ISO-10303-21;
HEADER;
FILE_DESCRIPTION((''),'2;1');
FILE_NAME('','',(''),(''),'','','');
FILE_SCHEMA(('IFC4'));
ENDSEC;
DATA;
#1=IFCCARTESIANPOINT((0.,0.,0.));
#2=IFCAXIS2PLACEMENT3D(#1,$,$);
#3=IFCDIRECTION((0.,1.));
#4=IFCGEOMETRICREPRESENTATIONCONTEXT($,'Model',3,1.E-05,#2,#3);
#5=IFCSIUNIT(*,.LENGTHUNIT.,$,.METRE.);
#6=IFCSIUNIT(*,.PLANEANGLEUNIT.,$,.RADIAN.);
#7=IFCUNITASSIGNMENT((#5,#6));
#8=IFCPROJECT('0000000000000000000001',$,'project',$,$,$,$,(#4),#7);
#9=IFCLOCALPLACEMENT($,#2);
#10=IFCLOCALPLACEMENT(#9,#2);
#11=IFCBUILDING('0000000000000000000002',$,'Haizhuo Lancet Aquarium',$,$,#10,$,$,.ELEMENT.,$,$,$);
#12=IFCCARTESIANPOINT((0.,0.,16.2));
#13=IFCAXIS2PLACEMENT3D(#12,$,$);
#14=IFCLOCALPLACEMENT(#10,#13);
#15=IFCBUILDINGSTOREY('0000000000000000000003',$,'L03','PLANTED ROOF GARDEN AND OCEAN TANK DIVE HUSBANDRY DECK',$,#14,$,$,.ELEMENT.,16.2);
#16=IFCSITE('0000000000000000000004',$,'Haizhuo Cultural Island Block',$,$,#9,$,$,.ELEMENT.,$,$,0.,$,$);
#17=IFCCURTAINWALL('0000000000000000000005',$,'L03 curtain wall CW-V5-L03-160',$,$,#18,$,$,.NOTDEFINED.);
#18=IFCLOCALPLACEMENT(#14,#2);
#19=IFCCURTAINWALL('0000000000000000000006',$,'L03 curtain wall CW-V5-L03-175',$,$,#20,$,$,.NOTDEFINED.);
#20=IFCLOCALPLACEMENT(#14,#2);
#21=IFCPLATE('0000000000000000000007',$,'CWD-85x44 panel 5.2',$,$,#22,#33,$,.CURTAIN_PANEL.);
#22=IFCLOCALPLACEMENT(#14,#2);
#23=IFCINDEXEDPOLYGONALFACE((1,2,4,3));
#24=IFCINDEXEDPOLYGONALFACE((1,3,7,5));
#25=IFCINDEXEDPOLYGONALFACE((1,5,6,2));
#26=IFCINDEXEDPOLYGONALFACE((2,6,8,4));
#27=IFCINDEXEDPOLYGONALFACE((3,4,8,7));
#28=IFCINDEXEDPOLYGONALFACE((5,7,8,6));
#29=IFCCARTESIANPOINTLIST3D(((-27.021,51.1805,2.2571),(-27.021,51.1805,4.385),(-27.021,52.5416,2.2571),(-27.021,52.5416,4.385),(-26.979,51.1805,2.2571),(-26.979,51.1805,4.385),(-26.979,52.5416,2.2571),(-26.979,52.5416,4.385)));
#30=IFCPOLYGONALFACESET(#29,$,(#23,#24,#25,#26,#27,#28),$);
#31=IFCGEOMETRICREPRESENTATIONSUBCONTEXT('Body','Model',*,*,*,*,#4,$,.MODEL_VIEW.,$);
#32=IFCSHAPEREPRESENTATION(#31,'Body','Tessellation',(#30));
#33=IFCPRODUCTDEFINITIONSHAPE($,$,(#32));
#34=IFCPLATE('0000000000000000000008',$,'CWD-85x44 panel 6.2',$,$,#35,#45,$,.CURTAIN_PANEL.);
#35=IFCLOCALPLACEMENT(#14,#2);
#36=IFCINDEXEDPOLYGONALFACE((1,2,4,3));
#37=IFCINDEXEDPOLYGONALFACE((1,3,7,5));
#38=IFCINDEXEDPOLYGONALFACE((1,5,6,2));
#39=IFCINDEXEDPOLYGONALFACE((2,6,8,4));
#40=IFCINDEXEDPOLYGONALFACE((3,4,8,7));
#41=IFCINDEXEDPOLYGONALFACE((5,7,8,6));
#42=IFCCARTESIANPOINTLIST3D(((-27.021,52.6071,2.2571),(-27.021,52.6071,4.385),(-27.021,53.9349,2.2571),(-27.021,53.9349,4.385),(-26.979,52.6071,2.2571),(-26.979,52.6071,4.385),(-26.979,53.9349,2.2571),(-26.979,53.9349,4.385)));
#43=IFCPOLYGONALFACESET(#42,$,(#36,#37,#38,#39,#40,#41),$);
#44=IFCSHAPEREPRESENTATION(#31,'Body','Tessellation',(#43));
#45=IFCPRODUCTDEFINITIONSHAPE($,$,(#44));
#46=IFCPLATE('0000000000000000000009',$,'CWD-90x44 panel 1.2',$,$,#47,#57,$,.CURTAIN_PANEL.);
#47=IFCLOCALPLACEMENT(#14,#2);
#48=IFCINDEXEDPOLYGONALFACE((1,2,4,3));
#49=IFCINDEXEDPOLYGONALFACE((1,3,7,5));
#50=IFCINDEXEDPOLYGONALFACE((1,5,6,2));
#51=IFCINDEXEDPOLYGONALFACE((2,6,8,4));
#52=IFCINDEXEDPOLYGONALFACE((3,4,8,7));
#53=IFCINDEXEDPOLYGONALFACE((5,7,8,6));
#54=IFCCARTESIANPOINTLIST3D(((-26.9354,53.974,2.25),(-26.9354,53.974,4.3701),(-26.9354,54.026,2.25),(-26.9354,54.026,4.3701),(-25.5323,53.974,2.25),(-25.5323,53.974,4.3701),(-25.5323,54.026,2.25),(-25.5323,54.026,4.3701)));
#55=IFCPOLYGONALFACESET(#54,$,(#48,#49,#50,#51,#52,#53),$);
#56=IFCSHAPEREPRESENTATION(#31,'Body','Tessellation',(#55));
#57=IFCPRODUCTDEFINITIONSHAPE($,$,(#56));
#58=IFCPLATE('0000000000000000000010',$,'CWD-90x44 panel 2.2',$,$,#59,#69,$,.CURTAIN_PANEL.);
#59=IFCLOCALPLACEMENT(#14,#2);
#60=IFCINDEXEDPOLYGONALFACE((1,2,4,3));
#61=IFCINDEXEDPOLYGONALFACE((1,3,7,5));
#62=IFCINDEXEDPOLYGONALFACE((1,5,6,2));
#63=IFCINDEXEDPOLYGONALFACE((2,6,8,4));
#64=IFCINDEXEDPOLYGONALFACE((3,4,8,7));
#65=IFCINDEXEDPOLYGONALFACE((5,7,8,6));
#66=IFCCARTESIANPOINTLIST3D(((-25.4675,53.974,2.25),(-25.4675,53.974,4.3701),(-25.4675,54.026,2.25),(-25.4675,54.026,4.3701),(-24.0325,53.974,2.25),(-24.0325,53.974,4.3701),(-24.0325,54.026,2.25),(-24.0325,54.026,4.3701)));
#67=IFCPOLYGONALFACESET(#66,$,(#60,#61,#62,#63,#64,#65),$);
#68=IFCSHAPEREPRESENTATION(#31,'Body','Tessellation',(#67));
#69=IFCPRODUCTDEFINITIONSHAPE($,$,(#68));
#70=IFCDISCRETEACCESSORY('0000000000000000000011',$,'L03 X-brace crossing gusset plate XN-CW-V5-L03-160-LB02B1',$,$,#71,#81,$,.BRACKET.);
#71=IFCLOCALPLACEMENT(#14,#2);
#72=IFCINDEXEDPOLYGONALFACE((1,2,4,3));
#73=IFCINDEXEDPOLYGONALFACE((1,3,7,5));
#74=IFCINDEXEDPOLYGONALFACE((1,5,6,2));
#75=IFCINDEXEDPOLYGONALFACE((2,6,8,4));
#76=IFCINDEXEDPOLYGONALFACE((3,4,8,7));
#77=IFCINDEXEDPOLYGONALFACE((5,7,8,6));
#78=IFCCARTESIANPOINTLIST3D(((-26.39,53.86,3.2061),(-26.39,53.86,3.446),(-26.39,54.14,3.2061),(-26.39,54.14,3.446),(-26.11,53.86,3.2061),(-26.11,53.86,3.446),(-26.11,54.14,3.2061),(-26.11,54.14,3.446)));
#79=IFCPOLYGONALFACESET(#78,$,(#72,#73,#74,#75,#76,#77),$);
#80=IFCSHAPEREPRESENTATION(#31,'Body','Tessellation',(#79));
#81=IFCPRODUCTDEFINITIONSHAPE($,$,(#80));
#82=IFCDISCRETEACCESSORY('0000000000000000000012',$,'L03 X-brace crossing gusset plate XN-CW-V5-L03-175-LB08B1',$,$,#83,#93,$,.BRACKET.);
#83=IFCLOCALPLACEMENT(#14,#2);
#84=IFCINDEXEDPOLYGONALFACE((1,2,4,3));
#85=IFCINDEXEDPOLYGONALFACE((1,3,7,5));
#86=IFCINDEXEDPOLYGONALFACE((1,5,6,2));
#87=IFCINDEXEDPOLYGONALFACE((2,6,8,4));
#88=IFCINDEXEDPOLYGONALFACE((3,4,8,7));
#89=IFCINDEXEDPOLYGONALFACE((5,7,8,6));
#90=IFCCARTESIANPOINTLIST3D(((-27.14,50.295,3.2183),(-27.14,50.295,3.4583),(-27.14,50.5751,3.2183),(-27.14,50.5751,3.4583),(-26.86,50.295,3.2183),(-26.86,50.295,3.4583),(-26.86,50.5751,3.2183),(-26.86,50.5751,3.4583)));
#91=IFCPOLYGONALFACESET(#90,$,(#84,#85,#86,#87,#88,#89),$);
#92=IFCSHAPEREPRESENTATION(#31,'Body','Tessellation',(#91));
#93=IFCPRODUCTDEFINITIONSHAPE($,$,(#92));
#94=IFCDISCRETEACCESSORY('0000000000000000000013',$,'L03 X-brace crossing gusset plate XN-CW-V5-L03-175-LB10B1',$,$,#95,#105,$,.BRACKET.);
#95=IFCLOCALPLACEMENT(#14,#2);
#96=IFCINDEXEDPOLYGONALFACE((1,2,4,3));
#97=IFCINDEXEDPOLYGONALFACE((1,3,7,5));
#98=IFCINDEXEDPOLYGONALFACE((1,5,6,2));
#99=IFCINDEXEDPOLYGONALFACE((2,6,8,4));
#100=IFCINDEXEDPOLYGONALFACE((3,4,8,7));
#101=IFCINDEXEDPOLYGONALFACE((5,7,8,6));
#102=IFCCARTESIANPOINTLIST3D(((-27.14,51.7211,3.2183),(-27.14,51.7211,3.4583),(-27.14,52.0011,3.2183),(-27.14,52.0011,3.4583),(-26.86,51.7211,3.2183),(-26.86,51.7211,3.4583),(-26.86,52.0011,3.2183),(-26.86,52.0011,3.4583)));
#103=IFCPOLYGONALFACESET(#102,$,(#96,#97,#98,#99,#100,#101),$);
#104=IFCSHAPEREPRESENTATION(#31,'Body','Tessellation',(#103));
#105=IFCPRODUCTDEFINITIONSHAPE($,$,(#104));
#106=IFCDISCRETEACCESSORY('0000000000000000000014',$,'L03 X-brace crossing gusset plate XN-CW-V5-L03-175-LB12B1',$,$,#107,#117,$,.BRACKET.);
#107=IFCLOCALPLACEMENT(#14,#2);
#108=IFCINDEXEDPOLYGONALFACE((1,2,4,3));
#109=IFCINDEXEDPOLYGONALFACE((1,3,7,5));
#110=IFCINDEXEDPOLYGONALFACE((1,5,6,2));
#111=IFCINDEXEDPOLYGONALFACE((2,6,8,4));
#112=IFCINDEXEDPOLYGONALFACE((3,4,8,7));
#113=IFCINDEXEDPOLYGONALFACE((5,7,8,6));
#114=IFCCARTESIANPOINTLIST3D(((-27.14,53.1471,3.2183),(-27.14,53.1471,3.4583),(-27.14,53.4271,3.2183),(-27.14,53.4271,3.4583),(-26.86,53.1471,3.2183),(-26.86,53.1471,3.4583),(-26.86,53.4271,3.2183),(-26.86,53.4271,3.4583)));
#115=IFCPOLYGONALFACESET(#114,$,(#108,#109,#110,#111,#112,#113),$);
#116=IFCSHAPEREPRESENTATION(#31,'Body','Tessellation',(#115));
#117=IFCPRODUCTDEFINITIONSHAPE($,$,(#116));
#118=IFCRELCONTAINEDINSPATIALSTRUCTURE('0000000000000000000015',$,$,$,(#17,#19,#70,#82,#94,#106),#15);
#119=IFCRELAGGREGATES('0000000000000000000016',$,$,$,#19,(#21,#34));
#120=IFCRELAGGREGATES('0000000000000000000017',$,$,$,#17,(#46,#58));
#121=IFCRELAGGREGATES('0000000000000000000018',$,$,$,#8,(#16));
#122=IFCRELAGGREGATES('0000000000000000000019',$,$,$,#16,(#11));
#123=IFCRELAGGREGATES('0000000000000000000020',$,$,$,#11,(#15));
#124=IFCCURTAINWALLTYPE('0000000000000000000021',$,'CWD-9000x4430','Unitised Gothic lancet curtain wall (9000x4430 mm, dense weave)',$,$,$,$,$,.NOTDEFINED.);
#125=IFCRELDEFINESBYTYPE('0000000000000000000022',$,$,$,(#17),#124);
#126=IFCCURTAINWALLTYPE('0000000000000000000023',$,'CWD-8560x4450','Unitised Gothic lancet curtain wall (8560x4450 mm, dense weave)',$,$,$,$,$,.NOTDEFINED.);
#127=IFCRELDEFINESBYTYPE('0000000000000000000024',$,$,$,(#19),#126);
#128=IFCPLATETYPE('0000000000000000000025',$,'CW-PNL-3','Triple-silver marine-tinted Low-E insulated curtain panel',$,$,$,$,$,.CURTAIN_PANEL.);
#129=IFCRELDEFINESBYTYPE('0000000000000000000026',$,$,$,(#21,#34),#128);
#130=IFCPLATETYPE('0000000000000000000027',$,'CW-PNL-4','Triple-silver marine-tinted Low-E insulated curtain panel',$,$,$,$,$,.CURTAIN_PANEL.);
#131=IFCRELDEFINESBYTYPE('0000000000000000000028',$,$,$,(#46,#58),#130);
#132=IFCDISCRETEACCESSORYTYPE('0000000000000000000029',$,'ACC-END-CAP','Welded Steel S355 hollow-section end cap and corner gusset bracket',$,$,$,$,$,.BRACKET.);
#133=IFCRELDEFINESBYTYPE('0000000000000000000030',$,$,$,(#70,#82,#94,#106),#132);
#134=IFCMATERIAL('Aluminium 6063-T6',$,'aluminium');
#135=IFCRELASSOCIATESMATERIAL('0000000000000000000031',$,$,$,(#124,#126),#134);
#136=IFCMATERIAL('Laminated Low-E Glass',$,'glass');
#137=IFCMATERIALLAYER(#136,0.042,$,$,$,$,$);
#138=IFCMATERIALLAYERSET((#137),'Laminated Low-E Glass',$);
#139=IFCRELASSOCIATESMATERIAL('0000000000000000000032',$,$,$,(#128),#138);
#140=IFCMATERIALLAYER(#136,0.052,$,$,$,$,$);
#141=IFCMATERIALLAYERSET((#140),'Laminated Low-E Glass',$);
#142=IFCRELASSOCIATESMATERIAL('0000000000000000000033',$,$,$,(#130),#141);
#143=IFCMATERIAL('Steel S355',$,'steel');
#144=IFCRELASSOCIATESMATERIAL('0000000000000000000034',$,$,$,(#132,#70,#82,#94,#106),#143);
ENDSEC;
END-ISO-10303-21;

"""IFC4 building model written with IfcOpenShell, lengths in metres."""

from ifc_helpers import new_model, si_unit, direction, frame, origin, origin_2d, place, context, subcontext, project, spatial, rectangle, extrude, material, layer, layer_set, type_object, element, aggregate, save


model = new_model("IFC4")

# Units and contexts
model_context = context("Model", 3, precision=1e-05, world=origin(), true_north=direction((0.0, 1.0)))
body_context = subcontext(model_context, "Body", "Model", "MODEL_VIEW")
ifc_project = project(units=[si_unit("LENGTHUNIT", "METRE"), si_unit("PLANEANGLEUNIT", "RADIAN")], contexts=[model_context])

# Site, building, storey
site_placement = place(None, origin())
site = spatial("IfcSite", under=ifc_project, at=site_placement, Name="Haizhuo Cultural Island Block", CompositionType="ELEMENT", RefElevation=0.0)
building_placement = place(site_placement, origin())
building = spatial("IfcBuilding", under=site, at=building_placement, Name="Haizhuo Lancet Aquarium", CompositionType="ELEMENT")
storey_placement = place(building_placement, frame((0.0, 0.0, 16.2)))
storey = spatial("IfcBuildingStorey", under=building, at=storey_placement, Name="L03", Description="PLANTED ROOF GARDEN AND OCEAN TANK DIVE HUSBANDRY DECK", CompositionType="ELEMENT", Elevation=16.2)

# Curtain walls
ifc_material_1 = material(Name="Aluminium 6063-T6", Category="aluminium")
curtain_wall_type_1 = type_object("IfcCurtainWallType", Name="CWD-9000x4430", Description="Unitised Gothic lancet curtain wall (9000x4430 mm, dense weave)", PredefinedType="NOTDEFINED", material=ifc_material_1)
curtain_wall_1_placement = place(storey_placement, origin())
curtain_wall_1 = element("IfcCurtainWall", 1, at=curtain_wall_1_placement, inside=storey, type_object=curtain_wall_type_1, Name="L03 curtain wall CW-V5-L03-160", PredefinedType="NOTDEFINED")
curtain_wall_type_2 = type_object("IfcCurtainWallType", Name="CWD-8560x4450", Description="Unitised Gothic lancet curtain wall (8560x4450 mm, dense weave)", PredefinedType="NOTDEFINED", material=ifc_material_1)
curtain_wall_2_placement = place(storey_placement, origin())
curtain_wall_2 = element("IfcCurtainWall", 2, at=curtain_wall_2_placement, inside=storey, type_object=curtain_wall_type_2, Name="L03 curtain wall CW-V5-L03-175", PredefinedType="NOTDEFINED")

# Shared definitions
ifc_material_2 = material(Name="Steel S355", Category="steel")

# Plates
ifc_material_3 = material(Name="Laminated Low-E Glass", Category="glass")
ifc_layer_1 = layer(ifc_material_3, 0.042)
ifc_layer_set_1 = layer_set([ifc_layer_1], Name="Laminated Low-E Glass")
plate_type_1 = type_object("IfcPlateType", Name="CW-PNL-3", Description="Triple-silver marine-tinted Low-E insulated curtain panel", PredefinedType="CURTAIN_PANEL", material=ifc_layer_set_1)
plate_1_placement = place(storey_placement, frame((-27.0, 51.8611, 2.2571), z_axis=(0.0, 0.0, 1.0), x_axis=(0.0, 1.0, 0.0)))
plate_1 = element("IfcPlate", 3, at=plate_1_placement, type_object=plate_type_1, Name="CWD-85x44 panel 5.2", PredefinedType="CURTAIN_PANEL", context=body_context, shape_type="SweptSolid", body=[
    extrude(rectangle(XDim=1.3611, YDim=0.042, at=origin_2d()), origin(), (0.0, 0.0, 1.0), 2.1279),
])
plate_2_placement = place(storey_placement, frame((-27.0, 53.271, 2.2571), z_axis=(0.0, 0.0, 1.0), x_axis=(0.0, 1.0, 0.0)))
plate_2 = element("IfcPlate", 4, at=plate_2_placement, type_object=plate_type_1, Name="CWD-85x44 panel 6.2", PredefinedType="CURTAIN_PANEL", context=body_context, shape_type="SweptSolid", body=[
    extrude(rectangle(XDim=1.3279, YDim=0.042, at=origin_2d()), origin(), (0.0, 0.0, 1.0), 2.1279),
])
aggregate(curtain_wall_2, [plate_1, plate_2])
ifc_layer_2 = layer(ifc_material_3, 0.052)
ifc_layer_set_2 = layer_set([ifc_layer_2], Name="Laminated Low-E Glass")
plate_type_2 = type_object("IfcPlateType", Name="CW-PNL-4", Description="Triple-silver marine-tinted Low-E insulated curtain panel", PredefinedType="CURTAIN_PANEL", material=ifc_layer_set_2)
plate_3_placement = place(storey_placement, frame((-26.2339, 54.0, 2.25), z_axis=(0.0, 0.0, 1.0), x_axis=(1.0, 0.0, 0.0)))
plate_3 = element("IfcPlate", 5, at=plate_3_placement, type_object=plate_type_2, Name="CWD-90x44 panel 1.2", PredefinedType="CURTAIN_PANEL", context=body_context, shape_type="SweptSolid", body=[
    extrude(rectangle(XDim=1.4031, YDim=0.052, at=origin_2d()), origin(), (0.0, 0.0, 1.0), 2.1201),
])
plate_4_placement = place(storey_placement, frame((-24.75, 54.0, 2.25), z_axis=(0.0, 0.0, 1.0), x_axis=(1.0, 0.0, 0.0)))
plate_4 = element("IfcPlate", 6, at=plate_4_placement, type_object=plate_type_2, Name="CWD-90x44 panel 2.2", PredefinedType="CURTAIN_PANEL", context=body_context, shape_type="SweptSolid", body=[
    extrude(rectangle(XDim=1.4351, YDim=0.052, at=origin_2d()), origin(), (0.0, 0.0, 1.0), 2.1201),
])
aggregate(curtain_wall_1, [plate_3, plate_4])

# Discrete accessories
discrete_accessory_type = type_object("IfcDiscreteAccessoryType", Name="ACC-END-CAP", Description="Welded Steel S355 hollow-section end cap and corner gusset bracket", PredefinedType="BRACKET", material=ifc_material_2)
for number, where, z_axis, x_axis, name in (
    (7, (-26.25, 54.0, 3.2061), (0.0, 0.0, 1.0), (1.0, 0.0, 0.0), "L03 X-brace crossing gusset plate XN-CW-V5-L03-160-LB02B1"),
    (8, (-27.0, 50.4351, 3.2183), (0.0, 0.0, 1.0), (1.0, 0.0, 0.0), "L03 X-brace crossing gusset plate XN-CW-V5-L03-175-LB08B1"),
    (9, (-27.0, 51.8611, 3.2183), (0.0, 0.0, 1.0), (1.0, 0.0, 0.0), "L03 X-brace crossing gusset plate XN-CW-V5-L03-175-LB10B1"),
    (10, (-27.0, 53.2871, 3.2183), (0.0, 0.0, 1.0), (1.0, 0.0, 0.0), "L03 X-brace crossing gusset plate XN-CW-V5-L03-175-LB12B1"),
):
    element("IfcDiscreteAccessory", number, at=place(storey_placement, frame(where, z_axis=z_axis, x_axis=x_axis)), inside=storey, type_object=discrete_accessory_type, material=ifc_material_2, Name=name, PredefinedType="BRACKET", context=body_context, shape_type="SweptSolid", body=[
        extrude(rectangle(XDim=0.28, YDim=0.28, at=origin_2d()), origin(), (0.0, 0.0, 1.0), 0.24),
    ])

save(model, "model.ifc")
